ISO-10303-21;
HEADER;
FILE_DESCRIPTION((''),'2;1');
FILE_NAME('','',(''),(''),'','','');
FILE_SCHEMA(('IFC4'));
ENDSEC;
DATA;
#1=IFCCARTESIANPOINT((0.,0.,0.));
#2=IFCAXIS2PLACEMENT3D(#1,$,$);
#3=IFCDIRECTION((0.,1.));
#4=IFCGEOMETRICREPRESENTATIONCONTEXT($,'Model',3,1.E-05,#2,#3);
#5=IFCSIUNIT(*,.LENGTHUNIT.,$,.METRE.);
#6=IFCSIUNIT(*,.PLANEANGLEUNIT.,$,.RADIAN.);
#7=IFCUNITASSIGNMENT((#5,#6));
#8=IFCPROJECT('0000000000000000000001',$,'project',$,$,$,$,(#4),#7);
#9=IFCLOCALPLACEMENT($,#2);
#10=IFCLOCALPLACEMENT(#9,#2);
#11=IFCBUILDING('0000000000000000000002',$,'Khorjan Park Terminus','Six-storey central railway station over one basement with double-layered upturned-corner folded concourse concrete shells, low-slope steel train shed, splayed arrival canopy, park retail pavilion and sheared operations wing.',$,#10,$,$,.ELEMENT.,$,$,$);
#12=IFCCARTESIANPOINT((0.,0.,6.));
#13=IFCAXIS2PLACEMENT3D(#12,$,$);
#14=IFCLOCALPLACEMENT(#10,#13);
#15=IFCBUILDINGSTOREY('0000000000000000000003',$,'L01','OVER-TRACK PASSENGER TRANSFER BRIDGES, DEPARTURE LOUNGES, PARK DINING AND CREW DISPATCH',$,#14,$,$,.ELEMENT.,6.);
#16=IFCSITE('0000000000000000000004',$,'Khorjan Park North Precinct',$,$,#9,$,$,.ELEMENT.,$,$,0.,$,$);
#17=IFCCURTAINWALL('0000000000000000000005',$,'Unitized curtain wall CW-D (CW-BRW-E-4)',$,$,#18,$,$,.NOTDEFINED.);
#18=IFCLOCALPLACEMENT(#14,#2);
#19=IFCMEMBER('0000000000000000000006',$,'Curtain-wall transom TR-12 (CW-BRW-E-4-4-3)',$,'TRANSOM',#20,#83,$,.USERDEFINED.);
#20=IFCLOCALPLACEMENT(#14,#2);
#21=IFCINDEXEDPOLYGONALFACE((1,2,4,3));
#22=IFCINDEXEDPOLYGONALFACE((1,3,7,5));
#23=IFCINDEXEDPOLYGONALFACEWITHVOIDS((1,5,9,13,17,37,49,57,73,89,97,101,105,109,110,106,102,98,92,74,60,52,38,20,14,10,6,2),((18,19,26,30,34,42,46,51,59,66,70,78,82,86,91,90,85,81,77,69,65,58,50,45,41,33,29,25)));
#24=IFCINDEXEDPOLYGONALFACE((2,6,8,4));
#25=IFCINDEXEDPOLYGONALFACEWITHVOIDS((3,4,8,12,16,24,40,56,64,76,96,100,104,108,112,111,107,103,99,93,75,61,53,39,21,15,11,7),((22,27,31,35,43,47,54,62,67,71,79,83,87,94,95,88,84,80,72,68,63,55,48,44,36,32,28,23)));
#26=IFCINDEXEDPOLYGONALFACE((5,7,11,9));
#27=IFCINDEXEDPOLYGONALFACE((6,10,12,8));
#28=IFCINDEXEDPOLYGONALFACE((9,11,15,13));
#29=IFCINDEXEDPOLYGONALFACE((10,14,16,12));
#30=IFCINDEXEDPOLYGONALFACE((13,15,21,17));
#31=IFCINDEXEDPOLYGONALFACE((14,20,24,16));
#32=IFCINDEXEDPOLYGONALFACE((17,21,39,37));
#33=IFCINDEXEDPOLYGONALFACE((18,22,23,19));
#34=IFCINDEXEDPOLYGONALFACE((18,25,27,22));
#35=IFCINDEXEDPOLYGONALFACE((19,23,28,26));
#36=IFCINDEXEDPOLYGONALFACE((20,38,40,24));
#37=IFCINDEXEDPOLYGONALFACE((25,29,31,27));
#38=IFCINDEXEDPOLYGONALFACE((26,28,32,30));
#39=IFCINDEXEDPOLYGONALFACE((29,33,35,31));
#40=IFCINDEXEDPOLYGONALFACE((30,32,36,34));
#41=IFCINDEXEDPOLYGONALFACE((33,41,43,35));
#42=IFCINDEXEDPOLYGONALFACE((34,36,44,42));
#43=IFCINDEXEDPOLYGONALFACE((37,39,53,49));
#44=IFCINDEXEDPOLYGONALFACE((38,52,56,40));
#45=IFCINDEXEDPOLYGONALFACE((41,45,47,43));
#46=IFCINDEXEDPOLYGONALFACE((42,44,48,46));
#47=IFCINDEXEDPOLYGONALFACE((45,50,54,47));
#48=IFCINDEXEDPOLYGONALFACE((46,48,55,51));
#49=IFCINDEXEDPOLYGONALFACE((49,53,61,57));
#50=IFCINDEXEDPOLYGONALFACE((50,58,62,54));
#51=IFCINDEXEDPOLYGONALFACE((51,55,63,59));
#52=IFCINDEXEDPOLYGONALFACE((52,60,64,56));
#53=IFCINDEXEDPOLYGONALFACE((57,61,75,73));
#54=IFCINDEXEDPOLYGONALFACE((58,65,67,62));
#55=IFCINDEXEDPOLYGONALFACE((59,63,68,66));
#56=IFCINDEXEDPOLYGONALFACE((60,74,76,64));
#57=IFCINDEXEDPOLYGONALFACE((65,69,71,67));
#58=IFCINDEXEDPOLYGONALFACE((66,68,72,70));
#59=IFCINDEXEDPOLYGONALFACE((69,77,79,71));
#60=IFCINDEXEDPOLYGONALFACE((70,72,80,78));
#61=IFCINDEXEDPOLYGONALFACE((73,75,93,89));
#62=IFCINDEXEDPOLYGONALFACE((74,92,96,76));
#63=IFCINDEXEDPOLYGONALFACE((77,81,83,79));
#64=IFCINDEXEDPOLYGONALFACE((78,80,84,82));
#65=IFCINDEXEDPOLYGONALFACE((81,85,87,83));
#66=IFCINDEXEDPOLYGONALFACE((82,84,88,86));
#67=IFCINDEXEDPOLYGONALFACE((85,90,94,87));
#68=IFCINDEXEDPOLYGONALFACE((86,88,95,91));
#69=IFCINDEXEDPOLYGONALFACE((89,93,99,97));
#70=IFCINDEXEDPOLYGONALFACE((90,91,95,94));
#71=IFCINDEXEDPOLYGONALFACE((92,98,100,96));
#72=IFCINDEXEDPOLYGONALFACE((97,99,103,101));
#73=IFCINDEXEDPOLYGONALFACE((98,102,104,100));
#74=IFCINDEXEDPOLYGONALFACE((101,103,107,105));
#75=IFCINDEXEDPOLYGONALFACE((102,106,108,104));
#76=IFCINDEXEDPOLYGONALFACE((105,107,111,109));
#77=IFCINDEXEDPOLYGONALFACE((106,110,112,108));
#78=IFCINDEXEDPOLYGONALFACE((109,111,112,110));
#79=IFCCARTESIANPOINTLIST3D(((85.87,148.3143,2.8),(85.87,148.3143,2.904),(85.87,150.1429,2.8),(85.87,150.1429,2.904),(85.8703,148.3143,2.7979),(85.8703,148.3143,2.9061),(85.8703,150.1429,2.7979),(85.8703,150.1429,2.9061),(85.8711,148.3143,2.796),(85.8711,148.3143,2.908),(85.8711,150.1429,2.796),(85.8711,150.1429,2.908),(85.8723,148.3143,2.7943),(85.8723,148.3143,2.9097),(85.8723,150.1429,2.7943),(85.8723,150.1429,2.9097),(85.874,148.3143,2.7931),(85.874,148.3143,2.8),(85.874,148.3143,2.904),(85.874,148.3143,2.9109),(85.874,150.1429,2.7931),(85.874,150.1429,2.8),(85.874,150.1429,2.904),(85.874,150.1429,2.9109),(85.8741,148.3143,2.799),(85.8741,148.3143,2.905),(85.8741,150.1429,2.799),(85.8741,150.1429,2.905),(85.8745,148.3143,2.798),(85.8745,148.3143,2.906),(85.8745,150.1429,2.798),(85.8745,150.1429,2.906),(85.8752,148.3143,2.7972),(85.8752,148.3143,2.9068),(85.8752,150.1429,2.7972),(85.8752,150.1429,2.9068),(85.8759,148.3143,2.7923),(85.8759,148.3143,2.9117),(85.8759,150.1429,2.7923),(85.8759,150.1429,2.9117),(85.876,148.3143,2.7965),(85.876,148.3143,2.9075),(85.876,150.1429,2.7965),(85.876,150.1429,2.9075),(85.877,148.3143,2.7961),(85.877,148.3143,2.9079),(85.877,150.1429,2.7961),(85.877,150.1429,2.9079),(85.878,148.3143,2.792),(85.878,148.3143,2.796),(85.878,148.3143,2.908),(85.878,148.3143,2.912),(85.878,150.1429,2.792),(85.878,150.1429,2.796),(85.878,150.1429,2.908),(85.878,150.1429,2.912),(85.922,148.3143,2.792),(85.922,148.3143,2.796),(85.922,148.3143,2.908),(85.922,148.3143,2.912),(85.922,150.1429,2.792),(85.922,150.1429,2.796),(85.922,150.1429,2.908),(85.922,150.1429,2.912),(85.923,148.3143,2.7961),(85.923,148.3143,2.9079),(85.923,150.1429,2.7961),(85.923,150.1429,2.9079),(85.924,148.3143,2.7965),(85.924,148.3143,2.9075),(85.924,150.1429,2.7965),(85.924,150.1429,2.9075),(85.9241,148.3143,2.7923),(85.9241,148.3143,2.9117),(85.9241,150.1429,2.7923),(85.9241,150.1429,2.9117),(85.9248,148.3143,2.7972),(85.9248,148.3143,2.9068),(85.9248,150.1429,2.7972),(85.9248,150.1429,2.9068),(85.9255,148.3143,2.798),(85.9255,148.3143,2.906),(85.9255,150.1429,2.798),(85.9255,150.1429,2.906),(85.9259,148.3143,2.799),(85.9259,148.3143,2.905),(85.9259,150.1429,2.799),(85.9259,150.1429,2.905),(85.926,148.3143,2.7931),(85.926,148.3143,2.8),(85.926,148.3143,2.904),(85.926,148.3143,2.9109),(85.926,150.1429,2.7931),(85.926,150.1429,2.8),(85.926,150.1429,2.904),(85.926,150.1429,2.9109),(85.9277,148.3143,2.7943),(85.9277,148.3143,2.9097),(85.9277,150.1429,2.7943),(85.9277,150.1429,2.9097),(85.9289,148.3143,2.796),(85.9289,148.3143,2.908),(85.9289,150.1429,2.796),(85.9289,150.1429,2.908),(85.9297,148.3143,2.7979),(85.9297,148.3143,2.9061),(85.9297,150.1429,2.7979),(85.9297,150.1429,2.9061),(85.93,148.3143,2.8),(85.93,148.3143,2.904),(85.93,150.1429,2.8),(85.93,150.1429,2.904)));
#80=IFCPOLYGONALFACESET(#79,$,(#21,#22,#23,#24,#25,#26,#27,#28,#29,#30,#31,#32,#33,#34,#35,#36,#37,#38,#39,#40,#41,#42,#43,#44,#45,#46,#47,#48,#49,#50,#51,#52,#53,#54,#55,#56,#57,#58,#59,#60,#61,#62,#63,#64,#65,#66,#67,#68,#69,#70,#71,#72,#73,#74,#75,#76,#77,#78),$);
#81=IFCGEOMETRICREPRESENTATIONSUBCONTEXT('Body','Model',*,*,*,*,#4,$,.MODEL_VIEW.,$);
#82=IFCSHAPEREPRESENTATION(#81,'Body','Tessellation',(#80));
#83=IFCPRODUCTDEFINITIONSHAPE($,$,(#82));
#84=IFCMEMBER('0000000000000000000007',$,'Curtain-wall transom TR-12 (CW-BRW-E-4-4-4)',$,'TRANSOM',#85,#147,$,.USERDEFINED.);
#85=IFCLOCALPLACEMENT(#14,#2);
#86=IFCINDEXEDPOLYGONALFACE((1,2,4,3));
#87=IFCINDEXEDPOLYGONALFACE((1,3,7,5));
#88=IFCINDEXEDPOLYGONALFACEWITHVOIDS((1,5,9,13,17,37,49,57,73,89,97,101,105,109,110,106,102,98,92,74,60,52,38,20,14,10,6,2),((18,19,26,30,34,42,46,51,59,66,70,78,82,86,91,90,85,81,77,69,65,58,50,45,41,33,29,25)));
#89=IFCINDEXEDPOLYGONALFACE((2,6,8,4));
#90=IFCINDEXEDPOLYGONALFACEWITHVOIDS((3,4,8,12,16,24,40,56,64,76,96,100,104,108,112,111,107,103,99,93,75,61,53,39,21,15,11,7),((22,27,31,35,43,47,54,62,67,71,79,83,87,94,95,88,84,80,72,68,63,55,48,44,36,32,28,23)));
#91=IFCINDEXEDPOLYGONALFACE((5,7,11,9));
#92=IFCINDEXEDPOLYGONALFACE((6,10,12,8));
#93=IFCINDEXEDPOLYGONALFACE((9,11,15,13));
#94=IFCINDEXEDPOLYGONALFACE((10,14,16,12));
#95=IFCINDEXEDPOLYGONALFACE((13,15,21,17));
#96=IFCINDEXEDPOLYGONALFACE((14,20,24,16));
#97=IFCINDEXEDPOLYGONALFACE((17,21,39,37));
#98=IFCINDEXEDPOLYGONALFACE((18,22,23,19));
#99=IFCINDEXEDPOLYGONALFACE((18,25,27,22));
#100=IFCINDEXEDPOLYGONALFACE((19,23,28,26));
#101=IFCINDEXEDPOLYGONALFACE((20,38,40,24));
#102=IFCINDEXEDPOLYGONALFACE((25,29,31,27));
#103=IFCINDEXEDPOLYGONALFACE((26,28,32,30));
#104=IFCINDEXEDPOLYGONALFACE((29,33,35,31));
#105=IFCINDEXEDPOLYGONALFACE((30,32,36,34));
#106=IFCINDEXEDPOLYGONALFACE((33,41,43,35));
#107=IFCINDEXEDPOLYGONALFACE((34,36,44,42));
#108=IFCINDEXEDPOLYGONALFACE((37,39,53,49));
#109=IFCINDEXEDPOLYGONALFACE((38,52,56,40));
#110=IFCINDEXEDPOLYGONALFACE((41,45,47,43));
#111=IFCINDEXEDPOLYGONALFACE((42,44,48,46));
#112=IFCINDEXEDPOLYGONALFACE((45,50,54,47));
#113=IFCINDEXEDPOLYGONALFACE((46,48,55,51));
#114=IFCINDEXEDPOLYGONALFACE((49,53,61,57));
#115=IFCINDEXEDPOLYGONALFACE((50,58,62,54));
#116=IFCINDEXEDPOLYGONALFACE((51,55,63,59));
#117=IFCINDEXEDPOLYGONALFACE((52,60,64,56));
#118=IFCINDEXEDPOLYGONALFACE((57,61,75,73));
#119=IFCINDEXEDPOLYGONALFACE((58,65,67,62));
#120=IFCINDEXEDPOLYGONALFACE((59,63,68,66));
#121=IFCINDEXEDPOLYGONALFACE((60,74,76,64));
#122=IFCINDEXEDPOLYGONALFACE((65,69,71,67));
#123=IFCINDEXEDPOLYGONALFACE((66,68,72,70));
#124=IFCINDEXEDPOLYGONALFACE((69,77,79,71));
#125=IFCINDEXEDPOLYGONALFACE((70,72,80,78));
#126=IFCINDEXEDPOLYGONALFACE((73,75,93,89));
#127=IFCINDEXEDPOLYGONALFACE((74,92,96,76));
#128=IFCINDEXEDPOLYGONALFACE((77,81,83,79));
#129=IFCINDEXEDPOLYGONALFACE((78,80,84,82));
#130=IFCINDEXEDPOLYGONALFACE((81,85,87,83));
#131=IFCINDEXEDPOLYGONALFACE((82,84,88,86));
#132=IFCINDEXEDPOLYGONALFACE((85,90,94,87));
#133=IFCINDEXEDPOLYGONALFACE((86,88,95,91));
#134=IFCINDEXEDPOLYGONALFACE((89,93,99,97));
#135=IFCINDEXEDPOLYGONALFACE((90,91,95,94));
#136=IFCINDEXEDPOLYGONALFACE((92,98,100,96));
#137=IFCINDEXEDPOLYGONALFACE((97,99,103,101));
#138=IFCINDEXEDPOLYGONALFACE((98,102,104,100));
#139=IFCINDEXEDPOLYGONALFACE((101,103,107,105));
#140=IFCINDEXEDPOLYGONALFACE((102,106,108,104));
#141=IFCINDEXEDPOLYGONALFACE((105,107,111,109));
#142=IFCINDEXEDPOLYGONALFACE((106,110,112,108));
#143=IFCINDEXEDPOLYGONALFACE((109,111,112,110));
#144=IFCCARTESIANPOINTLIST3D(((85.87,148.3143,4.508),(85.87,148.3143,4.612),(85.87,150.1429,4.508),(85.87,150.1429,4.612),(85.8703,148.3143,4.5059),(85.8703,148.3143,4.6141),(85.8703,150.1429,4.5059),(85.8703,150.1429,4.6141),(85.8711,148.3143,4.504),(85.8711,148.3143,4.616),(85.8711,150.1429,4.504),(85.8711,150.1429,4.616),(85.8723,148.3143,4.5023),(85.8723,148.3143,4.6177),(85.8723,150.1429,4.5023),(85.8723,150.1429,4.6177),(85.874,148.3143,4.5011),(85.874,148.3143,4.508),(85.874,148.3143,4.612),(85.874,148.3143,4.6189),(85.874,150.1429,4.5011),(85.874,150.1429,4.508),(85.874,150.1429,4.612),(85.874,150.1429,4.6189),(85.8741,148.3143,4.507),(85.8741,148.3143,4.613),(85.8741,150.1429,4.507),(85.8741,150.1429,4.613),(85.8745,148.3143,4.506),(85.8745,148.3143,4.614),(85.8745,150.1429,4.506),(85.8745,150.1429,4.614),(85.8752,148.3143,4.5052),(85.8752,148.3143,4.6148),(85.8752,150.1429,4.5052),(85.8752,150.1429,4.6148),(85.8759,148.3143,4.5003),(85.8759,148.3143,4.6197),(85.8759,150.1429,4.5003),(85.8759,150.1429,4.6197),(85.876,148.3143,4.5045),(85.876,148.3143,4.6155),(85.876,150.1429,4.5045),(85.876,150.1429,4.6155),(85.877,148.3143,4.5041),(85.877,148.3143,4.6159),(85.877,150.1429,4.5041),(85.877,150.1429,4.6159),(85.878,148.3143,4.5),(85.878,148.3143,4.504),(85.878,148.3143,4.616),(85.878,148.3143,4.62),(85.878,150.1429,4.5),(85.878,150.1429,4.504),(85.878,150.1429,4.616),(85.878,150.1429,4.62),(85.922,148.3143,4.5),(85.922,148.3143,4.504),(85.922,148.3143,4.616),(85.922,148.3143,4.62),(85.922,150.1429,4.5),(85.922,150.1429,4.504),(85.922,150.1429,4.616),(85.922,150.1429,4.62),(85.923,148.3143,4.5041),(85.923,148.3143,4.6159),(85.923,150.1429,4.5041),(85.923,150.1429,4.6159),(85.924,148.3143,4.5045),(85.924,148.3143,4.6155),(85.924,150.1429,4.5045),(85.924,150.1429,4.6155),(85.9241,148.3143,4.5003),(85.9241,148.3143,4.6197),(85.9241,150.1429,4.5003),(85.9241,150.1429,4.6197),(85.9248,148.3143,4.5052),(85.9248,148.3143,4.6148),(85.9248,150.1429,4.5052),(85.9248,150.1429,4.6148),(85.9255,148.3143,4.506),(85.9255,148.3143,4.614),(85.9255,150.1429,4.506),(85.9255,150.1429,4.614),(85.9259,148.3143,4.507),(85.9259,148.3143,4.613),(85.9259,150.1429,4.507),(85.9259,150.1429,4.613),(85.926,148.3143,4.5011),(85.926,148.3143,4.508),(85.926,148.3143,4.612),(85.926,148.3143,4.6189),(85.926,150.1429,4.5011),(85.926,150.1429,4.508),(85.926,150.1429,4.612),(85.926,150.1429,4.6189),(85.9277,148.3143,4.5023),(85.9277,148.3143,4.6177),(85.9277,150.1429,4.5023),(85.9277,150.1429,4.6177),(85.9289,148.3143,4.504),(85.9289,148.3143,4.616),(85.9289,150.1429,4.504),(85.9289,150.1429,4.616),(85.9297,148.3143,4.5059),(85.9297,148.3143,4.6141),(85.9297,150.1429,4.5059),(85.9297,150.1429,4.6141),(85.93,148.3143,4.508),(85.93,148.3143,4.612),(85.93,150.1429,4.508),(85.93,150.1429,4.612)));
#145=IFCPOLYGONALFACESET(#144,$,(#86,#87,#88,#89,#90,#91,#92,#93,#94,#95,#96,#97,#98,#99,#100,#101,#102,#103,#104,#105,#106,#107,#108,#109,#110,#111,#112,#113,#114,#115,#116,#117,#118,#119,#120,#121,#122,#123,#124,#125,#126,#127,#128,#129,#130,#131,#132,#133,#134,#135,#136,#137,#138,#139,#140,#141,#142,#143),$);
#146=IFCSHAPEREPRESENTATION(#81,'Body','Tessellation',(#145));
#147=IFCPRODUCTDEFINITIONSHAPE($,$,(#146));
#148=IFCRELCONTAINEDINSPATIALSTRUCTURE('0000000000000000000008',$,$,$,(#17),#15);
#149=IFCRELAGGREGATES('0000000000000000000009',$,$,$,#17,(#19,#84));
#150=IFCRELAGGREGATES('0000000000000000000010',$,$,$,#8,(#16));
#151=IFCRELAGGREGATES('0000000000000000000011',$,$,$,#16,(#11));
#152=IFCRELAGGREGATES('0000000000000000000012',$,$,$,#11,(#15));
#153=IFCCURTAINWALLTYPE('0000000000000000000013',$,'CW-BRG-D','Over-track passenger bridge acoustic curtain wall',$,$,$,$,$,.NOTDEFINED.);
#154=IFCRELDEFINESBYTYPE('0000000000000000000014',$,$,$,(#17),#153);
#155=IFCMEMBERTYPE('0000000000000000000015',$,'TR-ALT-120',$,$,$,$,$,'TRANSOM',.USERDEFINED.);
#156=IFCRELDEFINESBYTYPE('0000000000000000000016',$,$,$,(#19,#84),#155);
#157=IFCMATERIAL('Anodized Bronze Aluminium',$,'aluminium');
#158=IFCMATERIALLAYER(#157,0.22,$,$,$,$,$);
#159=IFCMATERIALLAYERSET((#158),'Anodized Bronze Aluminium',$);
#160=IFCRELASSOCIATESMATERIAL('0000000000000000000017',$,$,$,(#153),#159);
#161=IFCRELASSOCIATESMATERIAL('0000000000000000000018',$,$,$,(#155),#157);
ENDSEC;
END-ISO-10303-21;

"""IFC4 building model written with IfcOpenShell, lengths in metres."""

from ifc_helpers import new_model, si_unit, direction, frame, origin, origin_2d, place, context, subcontext, project, spatial, hollow_rectangle, extrude, material, layer, layer_set, material_profile, profile_set, type_object, element, aggregate, save


model = new_model("IFC4")

# Units and contexts
model_context = context("Model", 3, precision=1e-05, world=origin(), true_north=direction((0.0, 1.0)))
body_context = subcontext(model_context, "Body", "Model", "MODEL_VIEW")
ifc_project = project(units=[si_unit("LENGTHUNIT", "METRE"), si_unit("PLANEANGLEUNIT", "RADIAN")], contexts=[model_context])

# Site, building, storey
site_placement = place(None, origin())
site = spatial("IfcSite", under=ifc_project, at=site_placement, Name="Khorjan Park North Precinct", CompositionType="ELEMENT", RefElevation=0.0)
building_placement = place(site_placement, origin())
building = spatial("IfcBuilding", under=site, at=building_placement, Name="Khorjan Park Terminus", Description="Six-storey central railway station over one basement with double-layered upturned-corner folded concourse concrete shells, low-slope steel train shed, splayed arrival canopy, park retail pavilion and sheared operations wing.", CompositionType="ELEMENT")
storey_placement = place(building_placement, frame((0.0, 0.0, 6.0)))
storey = spatial("IfcBuildingStorey", under=building, at=storey_placement, Name="L01", Description="OVER-TRACK PASSENGER TRANSFER BRIDGES, DEPARTURE LOUNGES, PARK DINING AND CREW DISPATCH", CompositionType="ELEMENT", Elevation=6.0)

# Curtain wall, members
ifc_material_1 = material(Name="Anodized Bronze Aluminium", Category="aluminium")
ifc_layer_1 = layer(ifc_material_1, 0.22)
ifc_layer_set_1 = layer_set([ifc_layer_1], Name="Anodized Bronze Aluminium")
curtain_wall_type = type_object("IfcCurtainWallType", Name="CW-BRG-D", Description="Over-track passenger bridge acoustic curtain wall", PredefinedType="NOTDEFINED", material=ifc_layer_set_1)
curtain_wall_placement = place(storey_placement, origin())
curtain_wall = element("IfcCurtainWall", 1, at=curtain_wall_placement, inside=storey, type_object=curtain_wall_type, Name="Unitized curtain wall CW-D (CW-BRW-E-4)", PredefinedType="NOTDEFINED")
ifc_material_profile_1 = material_profile(ifc_material_1, hollow_rectangle(XDim=0.06, YDim=0.12, WallThickness=0.004, InnerFilletRadius=0.004, OuterFilletRadius=0.008, at=origin_2d()), Name="ALT 60x120x4")
ifc_profile_set_1 = profile_set([ifc_material_profile_1], Name="Anodized Bronze Aluminium")
member_type_1 = type_object("IfcMemberType", Name="TR-ALT-120", ElementType="TRANSOM", PredefinedType="USERDEFINED", material=ifc_profile_set_1)
member_1_placement = place(storey_placement, frame((85.9, 148.3143, 2.852), z_axis=(0.0, 1.0, 0.0), x_axis=(-1.0, 0.0, 0.0)))
member_1 = element("IfcMember", 2, at=member_1_placement, type_object=member_type_1, Name="Curtain-wall transom TR-12 (CW-BRW-E-4-4-3)", ObjectType="TRANSOM", PredefinedType="USERDEFINED", context=body_context, shape_type="SweptSolid", body=[
    extrude(hollow_rectangle(XDim=0.06, YDim=0.12, WallThickness=0.004, InnerFilletRadius=0.004, OuterFilletRadius=0.008, at=origin_2d()), origin(), (0.0, 0.0, 1.0), 1.8286),
])
member_2_placement = place(storey_placement, frame((85.9, 148.3143, 4.56), z_axis=(0.0, 1.0, 0.0), x_axis=(-1.0, 0.0, 0.0)))
member_2 = element("IfcMember", 3, at=member_2_placement, type_object=member_type_1, Name="Curtain-wall transom TR-12 (CW-BRW-E-4-4-4)", ObjectType="TRANSOM", PredefinedType="USERDEFINED", context=body_context, shape_type="SweptSolid", body=[
    extrude(hollow_rectangle(XDim=0.06, YDim=0.12, WallThickness=0.004, InnerFilletRadius=0.004, OuterFilletRadius=0.008, at=origin_2d()), origin(), (0.0, 0.0, 1.0), 1.8286),
])
aggregate(curtain_wall, [member_1, member_2])

save(model, "model.ifc")
